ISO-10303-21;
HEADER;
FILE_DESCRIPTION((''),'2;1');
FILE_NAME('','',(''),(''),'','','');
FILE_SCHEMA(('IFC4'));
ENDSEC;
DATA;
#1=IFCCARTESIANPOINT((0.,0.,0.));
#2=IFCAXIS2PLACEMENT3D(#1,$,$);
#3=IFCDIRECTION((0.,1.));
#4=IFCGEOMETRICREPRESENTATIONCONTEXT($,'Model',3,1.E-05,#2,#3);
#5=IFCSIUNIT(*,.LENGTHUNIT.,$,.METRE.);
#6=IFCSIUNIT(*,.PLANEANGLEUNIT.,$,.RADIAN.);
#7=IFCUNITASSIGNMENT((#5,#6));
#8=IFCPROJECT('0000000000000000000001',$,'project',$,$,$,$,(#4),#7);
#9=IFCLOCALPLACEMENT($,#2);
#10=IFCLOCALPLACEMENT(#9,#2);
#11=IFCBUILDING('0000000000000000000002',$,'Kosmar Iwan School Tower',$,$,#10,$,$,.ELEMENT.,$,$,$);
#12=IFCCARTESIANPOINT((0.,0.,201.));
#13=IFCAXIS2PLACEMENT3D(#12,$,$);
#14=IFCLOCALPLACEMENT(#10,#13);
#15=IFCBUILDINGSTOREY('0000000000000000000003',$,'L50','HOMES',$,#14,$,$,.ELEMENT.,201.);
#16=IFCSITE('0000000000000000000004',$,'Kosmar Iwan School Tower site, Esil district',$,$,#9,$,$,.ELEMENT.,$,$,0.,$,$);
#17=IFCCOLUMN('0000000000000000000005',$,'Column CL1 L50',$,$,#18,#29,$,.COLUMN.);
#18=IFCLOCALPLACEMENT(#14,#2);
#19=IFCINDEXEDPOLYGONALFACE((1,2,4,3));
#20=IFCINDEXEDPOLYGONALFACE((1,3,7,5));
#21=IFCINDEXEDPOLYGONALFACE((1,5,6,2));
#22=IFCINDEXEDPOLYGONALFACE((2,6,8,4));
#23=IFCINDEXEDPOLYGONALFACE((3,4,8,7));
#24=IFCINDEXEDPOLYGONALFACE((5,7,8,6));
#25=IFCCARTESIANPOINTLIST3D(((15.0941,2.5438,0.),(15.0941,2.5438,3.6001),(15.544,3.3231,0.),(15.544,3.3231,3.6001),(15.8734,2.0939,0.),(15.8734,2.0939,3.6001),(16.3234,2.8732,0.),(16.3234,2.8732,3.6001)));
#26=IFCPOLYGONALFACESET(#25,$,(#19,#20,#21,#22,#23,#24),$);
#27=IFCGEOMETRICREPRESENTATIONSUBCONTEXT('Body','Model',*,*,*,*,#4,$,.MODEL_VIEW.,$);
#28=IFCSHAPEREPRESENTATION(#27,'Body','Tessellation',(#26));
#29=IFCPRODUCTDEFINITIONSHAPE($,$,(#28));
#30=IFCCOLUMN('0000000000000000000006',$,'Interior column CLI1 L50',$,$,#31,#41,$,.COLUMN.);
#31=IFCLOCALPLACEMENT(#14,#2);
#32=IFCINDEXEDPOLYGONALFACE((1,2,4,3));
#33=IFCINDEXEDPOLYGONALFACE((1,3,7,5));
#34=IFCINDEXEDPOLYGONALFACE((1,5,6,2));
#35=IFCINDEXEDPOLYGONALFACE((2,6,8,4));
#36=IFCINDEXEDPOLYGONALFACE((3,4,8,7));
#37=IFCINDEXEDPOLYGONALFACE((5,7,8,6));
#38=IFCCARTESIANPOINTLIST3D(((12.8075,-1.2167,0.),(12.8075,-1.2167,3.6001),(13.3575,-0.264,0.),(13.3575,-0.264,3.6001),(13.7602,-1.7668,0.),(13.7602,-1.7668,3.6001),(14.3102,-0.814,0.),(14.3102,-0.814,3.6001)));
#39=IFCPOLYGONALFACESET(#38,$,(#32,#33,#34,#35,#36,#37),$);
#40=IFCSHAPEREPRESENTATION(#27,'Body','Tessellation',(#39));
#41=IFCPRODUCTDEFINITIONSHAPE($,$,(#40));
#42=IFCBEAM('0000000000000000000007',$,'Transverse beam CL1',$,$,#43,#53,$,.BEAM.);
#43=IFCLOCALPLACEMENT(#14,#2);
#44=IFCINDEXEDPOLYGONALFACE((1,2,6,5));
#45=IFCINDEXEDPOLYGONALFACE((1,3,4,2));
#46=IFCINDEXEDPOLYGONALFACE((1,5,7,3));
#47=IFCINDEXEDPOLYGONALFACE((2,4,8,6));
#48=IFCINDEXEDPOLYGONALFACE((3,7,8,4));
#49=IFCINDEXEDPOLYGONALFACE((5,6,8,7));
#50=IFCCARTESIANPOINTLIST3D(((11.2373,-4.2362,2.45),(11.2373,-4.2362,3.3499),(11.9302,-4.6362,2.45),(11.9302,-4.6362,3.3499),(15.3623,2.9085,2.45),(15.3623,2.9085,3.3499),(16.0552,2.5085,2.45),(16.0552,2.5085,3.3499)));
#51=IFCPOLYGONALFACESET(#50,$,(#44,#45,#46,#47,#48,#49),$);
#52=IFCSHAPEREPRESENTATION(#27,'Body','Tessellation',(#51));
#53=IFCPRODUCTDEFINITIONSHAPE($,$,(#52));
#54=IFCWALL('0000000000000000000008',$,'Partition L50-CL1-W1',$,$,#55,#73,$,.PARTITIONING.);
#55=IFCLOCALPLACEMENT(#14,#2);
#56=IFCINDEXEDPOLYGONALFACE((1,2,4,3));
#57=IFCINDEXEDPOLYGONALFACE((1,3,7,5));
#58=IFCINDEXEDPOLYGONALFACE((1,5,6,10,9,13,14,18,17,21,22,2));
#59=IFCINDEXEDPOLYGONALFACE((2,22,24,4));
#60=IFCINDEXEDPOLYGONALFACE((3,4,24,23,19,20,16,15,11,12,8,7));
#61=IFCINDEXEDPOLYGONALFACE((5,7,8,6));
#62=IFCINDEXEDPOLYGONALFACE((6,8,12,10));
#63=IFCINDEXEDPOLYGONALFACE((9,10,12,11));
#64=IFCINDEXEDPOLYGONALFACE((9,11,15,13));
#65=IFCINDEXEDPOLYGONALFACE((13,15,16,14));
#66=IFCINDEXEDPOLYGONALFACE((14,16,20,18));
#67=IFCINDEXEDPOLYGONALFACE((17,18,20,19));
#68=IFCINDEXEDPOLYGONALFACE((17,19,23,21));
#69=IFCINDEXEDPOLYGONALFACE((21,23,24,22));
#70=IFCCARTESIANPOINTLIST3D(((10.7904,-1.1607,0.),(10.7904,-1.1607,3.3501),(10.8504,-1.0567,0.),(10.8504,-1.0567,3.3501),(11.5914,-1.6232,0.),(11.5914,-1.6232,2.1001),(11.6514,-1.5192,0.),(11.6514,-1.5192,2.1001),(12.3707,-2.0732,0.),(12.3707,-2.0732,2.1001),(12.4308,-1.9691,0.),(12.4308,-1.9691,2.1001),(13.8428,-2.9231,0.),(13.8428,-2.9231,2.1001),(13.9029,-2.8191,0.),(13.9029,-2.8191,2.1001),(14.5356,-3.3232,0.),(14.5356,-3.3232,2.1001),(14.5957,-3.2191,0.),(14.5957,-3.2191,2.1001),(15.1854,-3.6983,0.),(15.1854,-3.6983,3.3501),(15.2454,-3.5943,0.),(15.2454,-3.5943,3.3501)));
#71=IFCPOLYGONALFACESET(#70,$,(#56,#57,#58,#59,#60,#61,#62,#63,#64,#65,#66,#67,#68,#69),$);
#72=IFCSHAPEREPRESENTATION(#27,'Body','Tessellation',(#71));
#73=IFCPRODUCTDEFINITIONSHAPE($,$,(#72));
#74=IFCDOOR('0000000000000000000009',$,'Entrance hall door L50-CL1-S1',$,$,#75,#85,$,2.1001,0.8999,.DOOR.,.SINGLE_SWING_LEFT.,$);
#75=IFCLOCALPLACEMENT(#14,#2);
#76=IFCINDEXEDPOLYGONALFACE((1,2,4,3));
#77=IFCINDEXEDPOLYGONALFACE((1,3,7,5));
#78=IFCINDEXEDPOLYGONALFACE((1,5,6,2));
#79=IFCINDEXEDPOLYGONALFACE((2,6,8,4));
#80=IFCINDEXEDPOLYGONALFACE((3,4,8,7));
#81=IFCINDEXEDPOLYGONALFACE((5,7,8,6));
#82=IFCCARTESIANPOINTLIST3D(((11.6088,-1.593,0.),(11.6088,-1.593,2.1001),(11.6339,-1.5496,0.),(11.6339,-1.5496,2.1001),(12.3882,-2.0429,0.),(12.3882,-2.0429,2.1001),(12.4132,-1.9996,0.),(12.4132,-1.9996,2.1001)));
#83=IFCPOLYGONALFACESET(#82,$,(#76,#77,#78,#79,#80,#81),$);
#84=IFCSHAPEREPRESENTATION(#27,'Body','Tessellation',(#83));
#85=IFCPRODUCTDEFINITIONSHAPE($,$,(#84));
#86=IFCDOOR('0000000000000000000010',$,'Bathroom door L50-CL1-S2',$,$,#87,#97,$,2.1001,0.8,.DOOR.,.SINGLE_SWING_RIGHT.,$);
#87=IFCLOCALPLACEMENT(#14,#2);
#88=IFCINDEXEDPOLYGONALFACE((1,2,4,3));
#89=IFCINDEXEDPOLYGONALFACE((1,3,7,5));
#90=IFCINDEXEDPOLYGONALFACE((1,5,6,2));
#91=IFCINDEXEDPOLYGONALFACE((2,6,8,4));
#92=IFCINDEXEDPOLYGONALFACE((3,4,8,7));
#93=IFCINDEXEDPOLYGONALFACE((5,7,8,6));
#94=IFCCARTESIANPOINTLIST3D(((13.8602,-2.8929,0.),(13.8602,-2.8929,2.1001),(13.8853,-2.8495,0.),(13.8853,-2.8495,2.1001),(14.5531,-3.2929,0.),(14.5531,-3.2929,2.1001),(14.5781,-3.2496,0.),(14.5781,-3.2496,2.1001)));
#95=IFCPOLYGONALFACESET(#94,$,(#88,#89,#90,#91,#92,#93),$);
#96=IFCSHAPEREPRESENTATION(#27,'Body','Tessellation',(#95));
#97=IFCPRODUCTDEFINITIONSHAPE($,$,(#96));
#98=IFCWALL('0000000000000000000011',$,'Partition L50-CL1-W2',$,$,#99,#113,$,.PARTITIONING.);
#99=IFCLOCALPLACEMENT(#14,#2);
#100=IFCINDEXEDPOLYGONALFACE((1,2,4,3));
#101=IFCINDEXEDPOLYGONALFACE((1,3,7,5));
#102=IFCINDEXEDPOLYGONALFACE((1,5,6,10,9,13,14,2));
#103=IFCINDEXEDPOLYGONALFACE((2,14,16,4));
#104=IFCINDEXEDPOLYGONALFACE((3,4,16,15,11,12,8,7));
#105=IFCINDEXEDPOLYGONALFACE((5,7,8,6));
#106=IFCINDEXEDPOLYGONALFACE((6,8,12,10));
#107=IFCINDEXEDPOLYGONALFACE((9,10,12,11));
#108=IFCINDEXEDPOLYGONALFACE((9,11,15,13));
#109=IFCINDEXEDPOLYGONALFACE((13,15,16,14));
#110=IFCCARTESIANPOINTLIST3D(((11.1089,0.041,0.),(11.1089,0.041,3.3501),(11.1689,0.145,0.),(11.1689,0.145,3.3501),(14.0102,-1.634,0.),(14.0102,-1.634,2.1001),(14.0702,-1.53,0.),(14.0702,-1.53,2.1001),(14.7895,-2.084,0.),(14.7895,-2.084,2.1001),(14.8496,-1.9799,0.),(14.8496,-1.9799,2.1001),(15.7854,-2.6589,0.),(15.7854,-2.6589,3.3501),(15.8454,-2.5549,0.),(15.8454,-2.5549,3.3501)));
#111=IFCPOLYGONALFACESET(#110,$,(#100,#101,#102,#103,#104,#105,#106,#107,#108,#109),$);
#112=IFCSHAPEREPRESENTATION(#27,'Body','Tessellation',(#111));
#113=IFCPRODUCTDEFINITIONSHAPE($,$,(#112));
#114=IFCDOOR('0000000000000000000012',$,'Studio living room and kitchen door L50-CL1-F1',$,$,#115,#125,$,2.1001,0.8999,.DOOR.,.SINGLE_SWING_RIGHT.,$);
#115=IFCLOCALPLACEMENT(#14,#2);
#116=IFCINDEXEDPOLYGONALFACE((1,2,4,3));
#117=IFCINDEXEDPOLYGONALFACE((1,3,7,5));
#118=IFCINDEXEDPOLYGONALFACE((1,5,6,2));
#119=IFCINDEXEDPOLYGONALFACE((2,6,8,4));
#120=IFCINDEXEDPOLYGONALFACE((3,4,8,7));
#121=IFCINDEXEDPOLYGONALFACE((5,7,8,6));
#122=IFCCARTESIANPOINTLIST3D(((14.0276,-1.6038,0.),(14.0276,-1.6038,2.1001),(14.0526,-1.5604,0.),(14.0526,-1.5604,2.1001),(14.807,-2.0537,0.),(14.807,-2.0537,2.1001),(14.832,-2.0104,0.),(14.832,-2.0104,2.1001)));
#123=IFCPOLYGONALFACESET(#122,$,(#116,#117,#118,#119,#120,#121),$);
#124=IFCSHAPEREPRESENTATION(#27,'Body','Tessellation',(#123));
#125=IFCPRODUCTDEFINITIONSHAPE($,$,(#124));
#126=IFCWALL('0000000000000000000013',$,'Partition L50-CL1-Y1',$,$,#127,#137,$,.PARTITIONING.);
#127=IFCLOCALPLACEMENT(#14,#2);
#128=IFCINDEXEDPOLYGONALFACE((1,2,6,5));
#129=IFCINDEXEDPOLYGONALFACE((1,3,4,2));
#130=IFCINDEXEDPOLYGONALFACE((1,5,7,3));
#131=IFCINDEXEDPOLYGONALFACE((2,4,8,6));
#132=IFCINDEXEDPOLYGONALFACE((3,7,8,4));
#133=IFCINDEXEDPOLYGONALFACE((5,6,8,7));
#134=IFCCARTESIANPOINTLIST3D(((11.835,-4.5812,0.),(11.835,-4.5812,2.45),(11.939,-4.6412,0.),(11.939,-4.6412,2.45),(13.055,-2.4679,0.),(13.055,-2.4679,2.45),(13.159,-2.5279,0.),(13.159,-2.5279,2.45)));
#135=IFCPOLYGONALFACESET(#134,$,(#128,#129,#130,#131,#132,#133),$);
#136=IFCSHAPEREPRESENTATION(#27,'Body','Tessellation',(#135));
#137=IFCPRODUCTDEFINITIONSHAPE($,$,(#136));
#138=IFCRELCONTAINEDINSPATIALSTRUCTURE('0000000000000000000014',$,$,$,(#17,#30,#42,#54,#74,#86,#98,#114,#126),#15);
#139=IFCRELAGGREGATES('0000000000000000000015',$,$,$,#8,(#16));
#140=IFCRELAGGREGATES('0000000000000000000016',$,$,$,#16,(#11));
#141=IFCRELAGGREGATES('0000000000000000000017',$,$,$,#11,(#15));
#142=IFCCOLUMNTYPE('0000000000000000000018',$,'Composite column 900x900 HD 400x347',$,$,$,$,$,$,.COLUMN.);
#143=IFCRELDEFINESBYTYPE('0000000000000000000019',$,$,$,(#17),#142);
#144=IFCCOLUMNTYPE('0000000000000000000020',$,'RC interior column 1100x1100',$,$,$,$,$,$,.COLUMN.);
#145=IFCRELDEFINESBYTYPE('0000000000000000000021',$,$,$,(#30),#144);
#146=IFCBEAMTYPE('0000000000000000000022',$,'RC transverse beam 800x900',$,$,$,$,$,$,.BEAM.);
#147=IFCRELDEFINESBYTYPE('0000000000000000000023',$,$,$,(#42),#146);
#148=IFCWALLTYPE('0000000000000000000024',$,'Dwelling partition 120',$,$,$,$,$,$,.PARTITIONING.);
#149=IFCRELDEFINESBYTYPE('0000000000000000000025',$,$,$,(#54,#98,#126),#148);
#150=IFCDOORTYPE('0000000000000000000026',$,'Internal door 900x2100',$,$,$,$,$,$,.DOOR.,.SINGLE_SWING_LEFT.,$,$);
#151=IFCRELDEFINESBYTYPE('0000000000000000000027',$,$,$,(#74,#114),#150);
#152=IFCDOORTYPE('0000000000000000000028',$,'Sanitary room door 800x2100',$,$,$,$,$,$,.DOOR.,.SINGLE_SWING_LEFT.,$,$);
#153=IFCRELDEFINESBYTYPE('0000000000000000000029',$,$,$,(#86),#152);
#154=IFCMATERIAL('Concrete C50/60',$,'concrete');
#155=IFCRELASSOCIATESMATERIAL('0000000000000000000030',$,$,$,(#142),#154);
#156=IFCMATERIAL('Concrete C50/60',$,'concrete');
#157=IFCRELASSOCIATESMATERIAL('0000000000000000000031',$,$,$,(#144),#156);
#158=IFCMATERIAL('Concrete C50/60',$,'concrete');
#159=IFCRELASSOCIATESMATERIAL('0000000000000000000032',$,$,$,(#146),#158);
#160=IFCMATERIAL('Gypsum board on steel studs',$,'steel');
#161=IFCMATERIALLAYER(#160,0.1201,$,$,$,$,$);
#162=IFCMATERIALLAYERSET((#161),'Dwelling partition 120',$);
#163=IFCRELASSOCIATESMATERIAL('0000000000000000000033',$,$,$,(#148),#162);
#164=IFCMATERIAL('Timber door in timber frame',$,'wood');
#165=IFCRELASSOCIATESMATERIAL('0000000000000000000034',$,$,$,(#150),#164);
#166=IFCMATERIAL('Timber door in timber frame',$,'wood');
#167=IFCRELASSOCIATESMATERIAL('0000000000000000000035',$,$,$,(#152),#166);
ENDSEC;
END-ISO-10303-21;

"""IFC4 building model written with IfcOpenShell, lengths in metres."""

from ifc_helpers import new_model, si_unit, direction, frame, frame_2d, origin, origin_2d, place, context, subcontext, project, spatial, rectangle, extrude, material, layer, layer_set, material_profile, profile_set, type_object, element, fill, save


model = new_model("IFC4")

# Units and contexts
model_context = context("Model", 3, precision=1e-05, world=origin(), true_north=direction((0.0, 1.0)))
body_context = subcontext(model_context, "Body", "Model", "MODEL_VIEW")
ifc_project = project(units=[si_unit("LENGTHUNIT", "METRE"), si_unit("PLANEANGLEUNIT", "RADIAN")], contexts=[model_context])

# Site, building, storey
site_placement = place(None, origin())
site = spatial("IfcSite", under=ifc_project, at=site_placement, Name="Kosmar Iwan School Tower site, Esil district", CompositionType="ELEMENT", RefElevation=0.0)
building_placement = place(site_placement, origin())
building = spatial("IfcBuilding", under=site, at=building_placement, Name="Kosmar Iwan School Tower", CompositionType="ELEMENT")
storey_placement = place(building_placement, frame((0.0, 0.0, 201.0)))
storey = spatial("IfcBuildingStorey", under=building, at=storey_placement, Name="L50", Description="HOMES", CompositionType="ELEMENT", Elevation=201.0)

# Columns
ifc_material_1 = material(Name="Concrete C50/60", Category="concrete")
ifc_material_profile_1 = material_profile(ifc_material_1, rectangle(XDim=0.8999, YDim=0.8999, at=origin_2d()), Name="RC 900x900 + HD 400x347")
ifc_profile_set_1 = profile_set([ifc_material_profile_1], Name="Concrete C50/60")
column_type_1 = type_object("IfcColumnType", Name="Composite column 900x900 HD 400x347", PredefinedType="COLUMN", material=ifc_profile_set_1)
column_1_placement = place(storey_placement, frame((15.7087, 2.7085, 0.0), z_axis=(0.0, 0.0, 1.0), x_axis=(0.866025, -0.5, 0.0)))
element("IfcColumn", 1, at=column_1_placement, inside=storey, type_object=column_type_1, Name="Column CL1 L50", PredefinedType="COLUMN", context=body_context, shape_type="SweptSolid", body=[
    extrude(rectangle(XDim=0.8999, YDim=0.8999, at=origin_2d()), origin(), (0.0, 0.0, 1.0), 3.6001),
])
ifc_material_2 = material(Name="Concrete C50/60", Category="concrete")
ifc_material_profile_2 = material_profile(ifc_material_2, rectangle(XDim=1.1001, YDim=1.1001, at=origin_2d()), Name="RC 1100x1100")
ifc_profile_set_2 = profile_set([ifc_material_profile_2], Name="Concrete C50/60")
column_type_2 = type_object("IfcColumnType", Name="RC interior column 1100x1100", PredefinedType="COLUMN", material=ifc_profile_set_2)
column_2_placement = place(storey_placement, frame((13.5588, -1.0154, 0.0), z_axis=(0.0, 0.0, 1.0), x_axis=(0.866025, -0.5, 0.0)))
element("IfcColumn", 2, at=column_2_placement, inside=storey, type_object=column_type_2, Name="Interior column CLI1 L50", PredefinedType="COLUMN", context=body_context, shape_type="SweptSolid", body=[
    extrude(rectangle(XDim=1.1001, YDim=1.1001, at=origin_2d()), origin(), (0.0, 0.0, 1.0), 3.6001),
])

# Beam
ifc_material_3 = material(Name="Concrete C50/60", Category="concrete")
ifc_material_profile_3 = material_profile(ifc_material_3, rectangle(XDim=0.8, YDim=0.8999, at=origin_2d()), Name="RC 800x900")
ifc_profile_set_3 = profile_set([ifc_material_profile_3], Name="Concrete C50/60")
beam_type = type_object("IfcBeamType", Name="RC transverse beam 800x900", PredefinedType="BEAM", material=ifc_profile_set_3)
beam_placement = place(storey_placement, frame((15.7087, 2.7085, 2.8999), z_axis=(-0.499997, -0.866027, 0.0), x_axis=(0.866027, -0.499997, 0.0)))
element("IfcBeam", 3, at=beam_placement, inside=storey, type_object=beam_type, Name="Transverse beam CL1", PredefinedType="BEAM", context=body_context, shape_type="SweptSolid", body=[
    extrude(rectangle(XDim=0.8, YDim=0.8999, at=origin_2d()), origin(), (0.0, 0.0, 1.0), 8.25),
])

# Wall, openings, doors
ifc_material_4 = material(Name="Gypsum board on steel studs", Category="steel")
ifc_layer_1 = layer(ifc_material_4, 0.1201)
ifc_layer_set_1 = layer_set([ifc_layer_1], Name="Dwelling partition 120")
wall_type_1 = type_object("IfcWallType", Name="Dwelling partition 120", PredefinedType="PARTITIONING", material=ifc_layer_set_1)
wall_1_placement = place(storey_placement, frame((10.8203, -1.1086, 0.0), z_axis=(0.0, 0.0, 1.0), x_axis=(0.866014, -0.500019, 0.0)))
wall_1 = element("IfcWall", 4, at=wall_1_placement, inside=storey, type_object=wall_type_1, Name="Partition L50-CL1-W1", PredefinedType="PARTITIONING", context=body_context, shape_type="SweptSolid", body=[
    extrude(rectangle(XDim=5.075, YDim=0.1201, at=frame_2d((2.5376, 0.0))), origin(), (0.0, 0.0, 1.0), 3.3501),
])
opening_1_placement = place(wall_1_placement, frame((0.925, 0.0, 0.0)))
opening_1 = element("IfcOpeningElement", 5, at=opening_1_placement, cuts=wall_1, PredefinedType="OPENING", context=body_context, shape_type="SweptSolid", body=[
    extrude(rectangle(XDim=0.8999, YDim=2.1001, at=frame_2d((0.45, 1.05))), frame((0.0, 0.072, 0.0), z_axis=(0.0, -1.0, 0.0), x_axis=(1.0, 0.0, 0.0)), (0.0, 0.0, 1.0), 0.144),
])
opening_2_placement = place(wall_1_placement, frame((3.5249, 0.0, 0.0)))
opening_2 = element("IfcOpeningElement", 6, at=opening_2_placement, cuts=wall_1, PredefinedType="OPENING", context=body_context, shape_type="SweptSolid", body=[
    extrude(rectangle(XDim=0.8, YDim=2.1001, at=frame_2d((0.3999, 1.05))), frame((0.0, 0.072, 0.0), z_axis=(0.0, -1.0, 0.0), x_axis=(1.0, 0.0, 0.0)), (0.0, 0.0, 1.0), 0.144),
])
ifc_material_5 = material(Name="Timber door in timber frame", Category="wood")
door_type_1 = type_object("IfcDoorType", Name="Internal door 900x2100", OperationType="SINGLE_SWING_LEFT", PredefinedType="DOOR", material=ifc_material_5)
door_1_placement = place(opening_1_placement, origin())
door_1 = element("IfcDoor", 7, at=door_1_placement, inside=storey, type_object=door_type_1, Name="Entrance hall door L50-CL1-S1", OperationType="SINGLE_SWING_LEFT", OverallHeight=2.1001, OverallWidth=0.8999, PredefinedType="DOOR", context=body_context, shape_type="SweptSolid", body=[
    extrude(rectangle(XDim=0.8999, YDim=2.1001, at=frame_2d((0.45, 1.05))), frame((0.0, 0.0249, 0.0), z_axis=(0.0, -1.0, 0.0), x_axis=(1.0, 0.0, 0.0)), (0.0, 0.0, 1.0), 0.05),
])
fill(opening_1, door_1)
ifc_material_6 = material(Name="Timber door in timber frame", Category="wood")
door_type_2 = type_object("IfcDoorType", Name="Sanitary room door 800x2100", OperationType="SINGLE_SWING_LEFT", PredefinedType="DOOR", material=ifc_material_6)
door_2_placement = place(opening_2_placement, origin())
door_2 = element("IfcDoor", 8, at=door_2_placement, inside=storey, type_object=door_type_2, Name="Bathroom door L50-CL1-S2", OperationType="SINGLE_SWING_RIGHT", OverallHeight=2.1001, OverallWidth=0.8, PredefinedType="DOOR", context=body_context, shape_type="SweptSolid", body=[
    extrude(rectangle(XDim=0.8, YDim=2.1001, at=frame_2d((0.3999, 1.05))), frame((0.0, 0.0249, 0.0), z_axis=(0.0, -1.0, 0.0), x_axis=(1.0, 0.0, 0.0)), (0.0, 0.0, 1.0), 0.05),
])
fill(opening_2, door_2)

# Wall, opening, door
wall_2_placement = place(storey_placement, frame((11.1389, 0.093, 0.0), z_axis=(0.0, 0.0, 1.0), x_axis=(0.866028, -0.499995, 0.0)))
wall_2 = element("IfcWall", 9, at=wall_2_placement, inside=storey, type_object=wall_type_1, Name="Partition L50-CL1-W2", PredefinedType="PARTITIONING", context=body_context, shape_type="SweptSolid", body=[
    extrude(rectangle(XDim=5.3999, YDim=0.1201, at=frame_2d((2.7, 0.0))), origin(), (0.0, 0.0, 1.0), 3.3501),
])
opening_3_placement = place(wall_2_placement, frame((3.3501, 0.0, 0.0)))
opening_3 = element("IfcOpeningElement", 10, at=opening_3_placement, cuts=wall_2, PredefinedType="OPENING", context=body_context, shape_type="SweptSolid", body=[
    extrude(rectangle(XDim=0.8999, YDim=2.1001, at=frame_2d((0.45, 1.05))), frame((0.0, 0.072, 0.0), z_axis=(0.0, -1.0, 0.0), x_axis=(1.0, 0.0, 0.0)), (0.0, 0.0, 1.0), 0.144),
])
door_3_placement = place(opening_3_placement, origin())
door_3 = element("IfcDoor", 11, at=door_3_placement, inside=storey, type_object=door_type_1, Name="Studio living room and kitchen door L50-CL1-F1", OperationType="SINGLE_SWING_RIGHT", OverallHeight=2.1001, OverallWidth=0.8999, PredefinedType="DOOR", context=body_context, shape_type="SweptSolid", body=[
    extrude(rectangle(XDim=0.8999, YDim=2.1001, at=frame_2d((0.45, 1.05))), frame((0.0, 0.0249, 0.0), z_axis=(0.0, -1.0, 0.0), x_axis=(1.0, 0.0, 0.0)), (0.0, 0.0, 1.0), 0.05),
])
fill(opening_3, door_3)

# Wall
wall_3_placement = place(storey_placement, frame((11.887, -4.6113, 0.0), z_axis=(0.0, 0.0, 1.0), x_axis=(0.499959, 0.866049, 0.0)))
element("IfcWall", 12, at=wall_3_placement, inside=storey, type_object=wall_type_1, Name="Partition L50-CL1-Y1", PredefinedType="PARTITIONING", context=body_context, shape_type="SweptSolid", body=[
    extrude(rectangle(XDim=2.4402, YDim=0.1201, at=frame_2d((1.2202, 0.0))), origin(), (0.0, 0.0, 1.0), 2.45),
])

save(model, "model.ifc")
